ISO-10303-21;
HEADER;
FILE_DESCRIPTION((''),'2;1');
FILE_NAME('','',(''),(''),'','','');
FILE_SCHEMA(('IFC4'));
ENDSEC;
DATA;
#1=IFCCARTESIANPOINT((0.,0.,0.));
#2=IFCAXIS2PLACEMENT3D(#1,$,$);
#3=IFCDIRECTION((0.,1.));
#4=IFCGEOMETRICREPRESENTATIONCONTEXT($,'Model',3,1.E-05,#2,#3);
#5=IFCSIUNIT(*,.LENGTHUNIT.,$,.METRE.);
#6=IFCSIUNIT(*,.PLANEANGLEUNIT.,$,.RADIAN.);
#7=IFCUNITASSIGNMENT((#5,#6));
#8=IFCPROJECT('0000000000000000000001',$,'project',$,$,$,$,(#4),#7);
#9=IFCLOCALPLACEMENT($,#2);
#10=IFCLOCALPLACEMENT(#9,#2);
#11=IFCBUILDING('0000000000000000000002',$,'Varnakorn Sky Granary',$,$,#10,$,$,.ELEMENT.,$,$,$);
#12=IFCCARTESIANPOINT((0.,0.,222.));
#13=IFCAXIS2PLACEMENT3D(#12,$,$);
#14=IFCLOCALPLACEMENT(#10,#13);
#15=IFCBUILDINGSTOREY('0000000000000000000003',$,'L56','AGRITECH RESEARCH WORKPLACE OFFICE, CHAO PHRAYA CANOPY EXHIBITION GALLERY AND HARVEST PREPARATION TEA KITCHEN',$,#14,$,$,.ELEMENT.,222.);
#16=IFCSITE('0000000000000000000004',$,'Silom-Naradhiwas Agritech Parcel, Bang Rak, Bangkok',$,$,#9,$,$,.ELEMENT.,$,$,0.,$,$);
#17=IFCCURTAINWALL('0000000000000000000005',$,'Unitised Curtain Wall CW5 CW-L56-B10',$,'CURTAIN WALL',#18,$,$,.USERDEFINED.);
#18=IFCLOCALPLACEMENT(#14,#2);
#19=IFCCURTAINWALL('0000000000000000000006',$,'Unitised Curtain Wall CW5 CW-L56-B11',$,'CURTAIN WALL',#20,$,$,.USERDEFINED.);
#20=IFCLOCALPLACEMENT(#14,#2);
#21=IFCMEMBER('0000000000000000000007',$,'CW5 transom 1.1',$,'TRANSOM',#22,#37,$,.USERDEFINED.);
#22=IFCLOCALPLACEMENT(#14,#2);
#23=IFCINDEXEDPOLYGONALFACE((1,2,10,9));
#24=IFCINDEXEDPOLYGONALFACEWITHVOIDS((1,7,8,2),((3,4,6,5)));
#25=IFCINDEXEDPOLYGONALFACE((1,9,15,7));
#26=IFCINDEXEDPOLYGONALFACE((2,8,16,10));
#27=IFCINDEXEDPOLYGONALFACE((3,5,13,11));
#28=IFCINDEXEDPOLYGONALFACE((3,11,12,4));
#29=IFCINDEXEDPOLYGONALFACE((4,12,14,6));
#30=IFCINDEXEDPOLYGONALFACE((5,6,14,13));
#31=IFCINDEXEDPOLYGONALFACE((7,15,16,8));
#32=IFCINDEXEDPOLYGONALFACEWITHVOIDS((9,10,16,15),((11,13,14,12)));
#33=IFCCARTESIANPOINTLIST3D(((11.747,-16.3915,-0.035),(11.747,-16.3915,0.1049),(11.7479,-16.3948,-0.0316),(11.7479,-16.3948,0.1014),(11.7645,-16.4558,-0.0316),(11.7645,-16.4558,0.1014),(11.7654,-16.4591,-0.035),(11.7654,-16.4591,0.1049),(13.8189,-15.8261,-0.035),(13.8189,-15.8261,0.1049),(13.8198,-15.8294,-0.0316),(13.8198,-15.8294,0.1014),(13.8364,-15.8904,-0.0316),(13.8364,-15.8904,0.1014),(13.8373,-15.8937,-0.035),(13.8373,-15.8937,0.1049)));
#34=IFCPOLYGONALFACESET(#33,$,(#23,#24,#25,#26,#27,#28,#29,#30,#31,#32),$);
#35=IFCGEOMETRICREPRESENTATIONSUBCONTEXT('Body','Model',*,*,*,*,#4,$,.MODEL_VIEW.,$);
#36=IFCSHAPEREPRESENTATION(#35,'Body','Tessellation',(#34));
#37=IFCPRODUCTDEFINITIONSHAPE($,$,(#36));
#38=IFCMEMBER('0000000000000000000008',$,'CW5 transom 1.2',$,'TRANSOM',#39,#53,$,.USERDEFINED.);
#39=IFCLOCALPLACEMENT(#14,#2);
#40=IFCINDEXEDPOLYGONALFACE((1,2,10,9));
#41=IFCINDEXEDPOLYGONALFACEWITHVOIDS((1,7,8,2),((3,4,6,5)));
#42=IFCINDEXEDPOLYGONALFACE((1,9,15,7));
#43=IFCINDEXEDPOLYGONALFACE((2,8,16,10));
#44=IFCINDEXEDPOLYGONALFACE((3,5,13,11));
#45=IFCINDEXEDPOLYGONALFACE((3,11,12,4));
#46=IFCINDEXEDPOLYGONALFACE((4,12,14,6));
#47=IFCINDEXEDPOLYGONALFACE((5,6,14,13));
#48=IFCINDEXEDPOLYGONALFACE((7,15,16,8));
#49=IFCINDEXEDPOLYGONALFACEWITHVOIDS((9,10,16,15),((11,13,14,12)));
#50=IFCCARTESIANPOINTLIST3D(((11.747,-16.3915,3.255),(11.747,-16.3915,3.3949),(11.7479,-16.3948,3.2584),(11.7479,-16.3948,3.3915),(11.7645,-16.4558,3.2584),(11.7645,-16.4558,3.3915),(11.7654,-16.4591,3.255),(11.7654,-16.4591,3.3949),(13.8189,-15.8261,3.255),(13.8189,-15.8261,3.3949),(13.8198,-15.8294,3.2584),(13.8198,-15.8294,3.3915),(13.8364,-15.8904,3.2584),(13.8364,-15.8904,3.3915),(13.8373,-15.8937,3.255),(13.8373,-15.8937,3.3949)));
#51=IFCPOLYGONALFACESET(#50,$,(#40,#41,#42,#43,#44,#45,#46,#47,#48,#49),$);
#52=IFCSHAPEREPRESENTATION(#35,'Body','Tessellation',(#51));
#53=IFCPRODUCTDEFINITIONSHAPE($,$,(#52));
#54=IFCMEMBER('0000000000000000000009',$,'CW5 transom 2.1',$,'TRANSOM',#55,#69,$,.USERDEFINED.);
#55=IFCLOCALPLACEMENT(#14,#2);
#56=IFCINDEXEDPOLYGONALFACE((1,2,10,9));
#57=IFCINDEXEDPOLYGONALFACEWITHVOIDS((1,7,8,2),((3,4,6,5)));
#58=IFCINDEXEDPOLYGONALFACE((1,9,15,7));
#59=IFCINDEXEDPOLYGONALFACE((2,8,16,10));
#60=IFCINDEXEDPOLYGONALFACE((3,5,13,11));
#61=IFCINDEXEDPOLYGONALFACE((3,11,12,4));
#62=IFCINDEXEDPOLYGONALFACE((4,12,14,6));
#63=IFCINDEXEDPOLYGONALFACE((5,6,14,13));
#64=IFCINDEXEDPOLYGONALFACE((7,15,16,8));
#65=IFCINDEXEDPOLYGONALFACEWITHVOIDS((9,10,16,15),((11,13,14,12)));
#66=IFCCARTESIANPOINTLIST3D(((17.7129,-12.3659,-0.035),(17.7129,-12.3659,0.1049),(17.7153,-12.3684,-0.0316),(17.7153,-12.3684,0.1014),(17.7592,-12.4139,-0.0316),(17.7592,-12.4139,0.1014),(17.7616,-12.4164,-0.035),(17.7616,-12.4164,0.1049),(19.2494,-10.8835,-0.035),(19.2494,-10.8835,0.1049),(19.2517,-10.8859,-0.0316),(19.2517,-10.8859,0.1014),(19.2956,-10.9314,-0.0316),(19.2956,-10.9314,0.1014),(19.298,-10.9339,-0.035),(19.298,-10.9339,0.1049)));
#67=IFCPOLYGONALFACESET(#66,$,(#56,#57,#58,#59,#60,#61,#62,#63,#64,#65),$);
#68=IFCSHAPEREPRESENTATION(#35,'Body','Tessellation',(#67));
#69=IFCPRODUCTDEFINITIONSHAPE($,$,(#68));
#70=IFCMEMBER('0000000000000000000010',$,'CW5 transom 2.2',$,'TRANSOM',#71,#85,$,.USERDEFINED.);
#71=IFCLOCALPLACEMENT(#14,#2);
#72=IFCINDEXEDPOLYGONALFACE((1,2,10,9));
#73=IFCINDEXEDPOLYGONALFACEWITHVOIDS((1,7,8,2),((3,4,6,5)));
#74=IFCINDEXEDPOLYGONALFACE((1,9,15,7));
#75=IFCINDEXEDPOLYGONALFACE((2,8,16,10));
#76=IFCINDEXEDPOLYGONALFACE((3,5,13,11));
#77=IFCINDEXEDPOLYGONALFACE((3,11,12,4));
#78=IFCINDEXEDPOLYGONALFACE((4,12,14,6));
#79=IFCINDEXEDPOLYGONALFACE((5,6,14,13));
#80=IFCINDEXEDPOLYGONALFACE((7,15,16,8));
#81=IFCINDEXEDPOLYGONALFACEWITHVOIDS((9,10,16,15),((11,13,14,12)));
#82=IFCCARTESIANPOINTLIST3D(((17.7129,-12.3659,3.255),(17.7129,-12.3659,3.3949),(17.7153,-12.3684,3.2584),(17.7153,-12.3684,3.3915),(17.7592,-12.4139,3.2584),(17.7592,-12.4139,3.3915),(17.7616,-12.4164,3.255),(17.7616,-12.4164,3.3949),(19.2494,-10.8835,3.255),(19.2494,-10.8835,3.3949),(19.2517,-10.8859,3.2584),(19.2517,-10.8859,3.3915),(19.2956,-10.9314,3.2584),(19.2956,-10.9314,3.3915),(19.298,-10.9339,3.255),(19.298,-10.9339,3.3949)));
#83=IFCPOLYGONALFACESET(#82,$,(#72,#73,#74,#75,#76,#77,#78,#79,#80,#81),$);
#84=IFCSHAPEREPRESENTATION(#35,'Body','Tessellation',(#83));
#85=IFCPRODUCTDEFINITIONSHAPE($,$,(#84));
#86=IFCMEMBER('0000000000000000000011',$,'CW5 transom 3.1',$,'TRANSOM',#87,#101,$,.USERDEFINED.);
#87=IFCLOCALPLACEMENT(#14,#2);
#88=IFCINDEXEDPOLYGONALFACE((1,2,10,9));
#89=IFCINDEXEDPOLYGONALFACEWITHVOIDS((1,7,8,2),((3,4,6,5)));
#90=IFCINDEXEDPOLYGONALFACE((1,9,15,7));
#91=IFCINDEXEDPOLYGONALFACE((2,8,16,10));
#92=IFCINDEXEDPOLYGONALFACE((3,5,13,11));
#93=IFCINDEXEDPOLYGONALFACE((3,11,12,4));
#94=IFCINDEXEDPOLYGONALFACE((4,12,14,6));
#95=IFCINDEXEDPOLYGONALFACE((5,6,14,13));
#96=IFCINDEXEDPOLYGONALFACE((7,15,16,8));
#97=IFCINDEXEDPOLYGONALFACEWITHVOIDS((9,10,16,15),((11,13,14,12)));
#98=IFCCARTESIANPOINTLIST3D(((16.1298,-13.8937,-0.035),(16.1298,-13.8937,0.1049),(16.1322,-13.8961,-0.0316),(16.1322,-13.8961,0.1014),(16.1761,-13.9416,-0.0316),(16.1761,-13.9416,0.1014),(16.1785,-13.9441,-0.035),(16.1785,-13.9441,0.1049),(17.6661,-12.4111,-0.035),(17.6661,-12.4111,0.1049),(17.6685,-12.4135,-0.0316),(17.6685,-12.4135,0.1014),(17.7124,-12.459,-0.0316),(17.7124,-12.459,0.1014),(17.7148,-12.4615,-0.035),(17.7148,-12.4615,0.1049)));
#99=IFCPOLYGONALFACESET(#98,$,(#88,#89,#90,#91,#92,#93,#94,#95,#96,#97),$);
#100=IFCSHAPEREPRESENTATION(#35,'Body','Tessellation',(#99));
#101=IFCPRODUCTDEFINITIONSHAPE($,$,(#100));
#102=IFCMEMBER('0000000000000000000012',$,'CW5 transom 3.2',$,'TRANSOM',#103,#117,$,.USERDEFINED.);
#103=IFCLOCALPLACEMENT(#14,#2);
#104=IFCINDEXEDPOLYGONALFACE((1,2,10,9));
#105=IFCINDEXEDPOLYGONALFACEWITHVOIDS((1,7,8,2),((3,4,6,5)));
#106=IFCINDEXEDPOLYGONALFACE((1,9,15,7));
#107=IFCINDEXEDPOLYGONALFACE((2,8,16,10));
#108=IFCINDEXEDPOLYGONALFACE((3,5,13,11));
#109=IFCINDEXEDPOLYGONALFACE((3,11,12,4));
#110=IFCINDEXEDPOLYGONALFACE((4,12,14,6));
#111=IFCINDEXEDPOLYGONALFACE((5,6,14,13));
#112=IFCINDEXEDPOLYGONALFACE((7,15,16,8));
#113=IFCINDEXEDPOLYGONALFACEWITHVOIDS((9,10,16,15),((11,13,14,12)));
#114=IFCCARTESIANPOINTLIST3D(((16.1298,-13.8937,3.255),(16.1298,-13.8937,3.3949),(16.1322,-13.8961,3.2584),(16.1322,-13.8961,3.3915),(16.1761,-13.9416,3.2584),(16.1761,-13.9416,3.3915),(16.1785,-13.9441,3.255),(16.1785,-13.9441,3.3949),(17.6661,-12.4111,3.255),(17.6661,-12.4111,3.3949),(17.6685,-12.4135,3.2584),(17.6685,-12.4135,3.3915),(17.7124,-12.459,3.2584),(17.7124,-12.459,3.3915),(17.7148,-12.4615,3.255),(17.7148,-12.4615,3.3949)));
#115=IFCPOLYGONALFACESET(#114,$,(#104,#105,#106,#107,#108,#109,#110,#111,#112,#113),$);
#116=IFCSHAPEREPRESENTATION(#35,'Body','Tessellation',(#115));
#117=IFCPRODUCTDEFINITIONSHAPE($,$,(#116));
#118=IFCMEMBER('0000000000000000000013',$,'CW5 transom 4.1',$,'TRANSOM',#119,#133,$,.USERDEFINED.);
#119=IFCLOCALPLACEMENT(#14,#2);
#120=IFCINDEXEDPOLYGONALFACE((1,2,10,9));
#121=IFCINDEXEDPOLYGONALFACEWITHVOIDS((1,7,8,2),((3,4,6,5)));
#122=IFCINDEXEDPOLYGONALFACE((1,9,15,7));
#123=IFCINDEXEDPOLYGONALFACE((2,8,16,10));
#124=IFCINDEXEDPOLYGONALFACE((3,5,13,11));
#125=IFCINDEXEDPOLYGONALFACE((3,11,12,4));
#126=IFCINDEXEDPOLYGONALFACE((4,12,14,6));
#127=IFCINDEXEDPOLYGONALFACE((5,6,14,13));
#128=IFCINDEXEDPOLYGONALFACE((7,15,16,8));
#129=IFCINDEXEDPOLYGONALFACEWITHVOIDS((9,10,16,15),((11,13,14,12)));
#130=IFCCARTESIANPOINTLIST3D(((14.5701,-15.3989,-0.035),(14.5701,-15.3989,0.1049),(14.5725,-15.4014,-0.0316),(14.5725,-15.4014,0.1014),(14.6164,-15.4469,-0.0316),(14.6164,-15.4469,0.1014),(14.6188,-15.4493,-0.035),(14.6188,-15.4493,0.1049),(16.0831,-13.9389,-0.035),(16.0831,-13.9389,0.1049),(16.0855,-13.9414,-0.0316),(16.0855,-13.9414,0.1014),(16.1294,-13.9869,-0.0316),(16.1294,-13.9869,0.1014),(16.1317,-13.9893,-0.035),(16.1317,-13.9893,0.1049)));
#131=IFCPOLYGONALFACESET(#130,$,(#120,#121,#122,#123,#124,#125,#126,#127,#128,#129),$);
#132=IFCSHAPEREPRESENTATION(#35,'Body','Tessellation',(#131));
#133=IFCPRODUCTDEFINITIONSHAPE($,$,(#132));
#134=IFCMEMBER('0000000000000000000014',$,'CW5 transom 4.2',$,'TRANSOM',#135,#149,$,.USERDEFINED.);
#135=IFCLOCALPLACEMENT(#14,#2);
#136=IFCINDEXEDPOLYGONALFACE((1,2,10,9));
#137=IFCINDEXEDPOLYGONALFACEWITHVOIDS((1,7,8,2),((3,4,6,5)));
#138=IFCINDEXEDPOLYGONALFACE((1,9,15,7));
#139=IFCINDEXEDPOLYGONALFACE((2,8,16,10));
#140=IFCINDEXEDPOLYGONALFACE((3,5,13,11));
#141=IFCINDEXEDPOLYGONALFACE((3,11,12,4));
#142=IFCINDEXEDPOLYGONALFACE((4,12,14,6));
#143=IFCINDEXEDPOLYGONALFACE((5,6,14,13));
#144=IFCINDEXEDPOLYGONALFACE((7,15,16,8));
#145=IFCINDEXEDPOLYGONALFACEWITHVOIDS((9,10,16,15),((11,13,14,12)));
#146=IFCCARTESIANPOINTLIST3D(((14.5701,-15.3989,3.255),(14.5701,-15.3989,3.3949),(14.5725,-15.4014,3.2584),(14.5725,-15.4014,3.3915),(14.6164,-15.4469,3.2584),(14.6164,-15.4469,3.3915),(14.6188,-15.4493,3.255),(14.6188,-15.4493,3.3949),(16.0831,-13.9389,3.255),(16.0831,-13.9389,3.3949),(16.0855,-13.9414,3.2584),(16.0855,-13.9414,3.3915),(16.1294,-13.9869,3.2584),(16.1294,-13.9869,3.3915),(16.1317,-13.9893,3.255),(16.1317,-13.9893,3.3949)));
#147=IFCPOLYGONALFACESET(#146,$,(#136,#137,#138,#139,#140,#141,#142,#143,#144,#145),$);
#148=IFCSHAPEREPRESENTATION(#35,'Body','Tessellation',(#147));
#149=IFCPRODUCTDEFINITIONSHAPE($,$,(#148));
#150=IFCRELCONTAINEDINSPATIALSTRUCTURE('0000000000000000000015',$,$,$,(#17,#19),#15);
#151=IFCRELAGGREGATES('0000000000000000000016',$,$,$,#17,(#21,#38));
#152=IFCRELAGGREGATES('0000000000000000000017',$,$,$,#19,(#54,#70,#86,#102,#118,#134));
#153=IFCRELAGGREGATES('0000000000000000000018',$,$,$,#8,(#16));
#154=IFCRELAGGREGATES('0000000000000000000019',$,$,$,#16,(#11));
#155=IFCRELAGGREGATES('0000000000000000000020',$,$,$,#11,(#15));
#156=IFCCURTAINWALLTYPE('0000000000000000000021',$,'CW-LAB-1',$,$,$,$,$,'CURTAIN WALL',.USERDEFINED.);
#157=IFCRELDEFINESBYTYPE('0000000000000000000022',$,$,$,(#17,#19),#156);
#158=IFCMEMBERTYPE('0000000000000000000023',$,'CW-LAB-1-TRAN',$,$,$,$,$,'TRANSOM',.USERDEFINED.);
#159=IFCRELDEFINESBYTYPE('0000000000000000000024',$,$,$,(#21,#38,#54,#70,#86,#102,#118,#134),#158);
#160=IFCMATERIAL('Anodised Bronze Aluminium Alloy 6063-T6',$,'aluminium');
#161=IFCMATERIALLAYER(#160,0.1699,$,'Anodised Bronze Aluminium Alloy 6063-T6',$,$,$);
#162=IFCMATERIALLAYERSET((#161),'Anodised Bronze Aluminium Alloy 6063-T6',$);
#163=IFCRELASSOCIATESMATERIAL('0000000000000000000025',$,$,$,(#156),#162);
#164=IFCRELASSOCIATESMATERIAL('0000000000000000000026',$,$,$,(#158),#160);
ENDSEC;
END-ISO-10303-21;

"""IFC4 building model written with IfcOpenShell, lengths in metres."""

from ifc_helpers import new_model, si_unit, direction, frame, origin, origin_2d, place, context, subcontext, project, spatial, hollow_rectangle, extrude, material, layer, layer_set, material_profile, profile_set, type_object, element, aggregate, save


model = new_model("IFC4")

# Units and contexts
model_context = context("Model", 3, precision=1e-05, world=origin(), true_north=direction((0.0, 1.0)))
body_context = subcontext(model_context, "Body", "Model", "MODEL_VIEW")
ifc_project = project(units=[si_unit("LENGTHUNIT", "METRE"), si_unit("PLANEANGLEUNIT", "RADIAN")], contexts=[model_context])

# Site, building, storey
site_placement = place(None, origin())
site = spatial("IfcSite", under=ifc_project, at=site_placement, Name="Silom-Naradhiwas Agritech Parcel, Bang Rak, Bangkok", CompositionType="ELEMENT", RefElevation=0.0)
building_placement = place(site_placement, origin())
building = spatial("IfcBuilding", under=site, at=building_placement, Name="Varnakorn Sky Granary", CompositionType="ELEMENT")
storey_placement = place(building_placement, frame((0.0, 0.0, 222.0)))
storey = spatial("IfcBuildingStorey", under=building, at=storey_placement, Name="L56", Description="AGRITECH RESEARCH WORKPLACE OFFICE, CHAO PHRAYA CANOPY EXHIBITION GALLERY AND HARVEST PREPARATION TEA KITCHEN", CompositionType="ELEMENT", Elevation=222.0)

# Curtain wall
ifc_material_1 = material(Name="Anodised Bronze Aluminium Alloy 6063-T6", Category="aluminium")
ifc_layer_1 = layer(ifc_material_1, 0.1699, Name="Anodised Bronze Aluminium Alloy 6063-T6")
ifc_layer_set_1 = layer_set([ifc_layer_1], Name="Anodised Bronze Aluminium Alloy 6063-T6")
curtain_wall_type = type_object("IfcCurtainWallType", Name="CW-LAB-1", ElementType="CURTAIN WALL", PredefinedType="USERDEFINED", material=ifc_layer_set_1)
curtain_wall_1_placement = place(storey_placement, origin())
curtain_wall_1 = element("IfcCurtainWall", 1, at=curtain_wall_1_placement, inside=storey, type_object=curtain_wall_type, Name="Unitised Curtain Wall CW5 CW-L56-B10", ObjectType="CURTAIN WALL", PredefinedType="USERDEFINED")

# Curtain wall
curtain_wall_2_placement = place(storey_placement, origin())
curtain_wall_2 = element("IfcCurtainWall", 2, at=curtain_wall_2_placement, inside=storey, type_object=curtain_wall_type, Name="Unitised Curtain Wall CW5 CW-L56-B11", ObjectType="CURTAIN WALL", PredefinedType="USERDEFINED")

# Members
ifc_material_profile_1 = material_profile(ifc_material_1, hollow_rectangle(XDim=0.0701, YDim=0.1399, WallThickness=0.0034, at=origin_2d()), Name="ALU TRAN 70x140")
ifc_profile_set_1 = profile_set([ifc_material_profile_1], Name="Anodised Bronze Aluminium Alloy 6063-T6")
member_type_1 = type_object("IfcMemberType", Name="CW-LAB-1-TRAN", ElementType="TRANSOM", PredefinedType="USERDEFINED", material=ifc_profile_set_1)
member_1_placement = place(storey_placement, frame((13.8281, -15.8599, 0.0349), z_axis=(-0.964724, -0.263262, 0.0), x_axis=(0.263262, -0.964724, 0.0)))
member_1 = element("IfcMember", 3, at=member_1_placement, type_object=member_type_1, Name="CW5 transom 1.1", ObjectType="TRANSOM", PredefinedType="USERDEFINED", context=body_context, shape_type="SweptSolid", body=[
    extrude(hollow_rectangle(XDim=0.0701, YDim=0.1399, WallThickness=0.0034, at=origin_2d()), origin(), (0.0, 0.0, 1.0), 2.1477),
])
member_2_placement = place(storey_placement, frame((13.8281, -15.8599, 3.325), z_axis=(-0.964724, -0.263262, 0.0), x_axis=(0.263262, -0.964724, 0.0)))
member_2 = element("IfcMember", 4, at=member_2_placement, type_object=member_type_1, Name="CW5 transom 1.2", ObjectType="TRANSOM", PredefinedType="USERDEFINED", context=body_context, shape_type="SweptSolid", body=[
    extrude(hollow_rectangle(XDim=0.0701, YDim=0.1399, WallThickness=0.0034, at=origin_2d()), origin(), (0.0, 0.0, 1.0), 2.1477),
])
aggregate(curtain_wall_1, [member_1, member_2])
member_3_placement = place(storey_placement, frame((19.2737, -10.9087, 0.0349), z_axis=(-0.71963, -0.694358, 0.0), x_axis=(0.694358, -0.71963, 0.0)))
member_3 = element("IfcMember", 5, at=member_3_placement, type_object=member_type_1, Name="CW5 transom 2.1", ObjectType="TRANSOM", PredefinedType="USERDEFINED", context=body_context, shape_type="SweptSolid", body=[
    extrude(hollow_rectangle(XDim=0.0701, YDim=0.1399, WallThickness=0.0034, at=origin_2d()), origin(), (0.0, 0.0, 1.0), 2.135),
])
member_4_placement = place(storey_placement, frame((19.2737, -10.9087, 3.325), z_axis=(-0.71963, -0.694358, 0.0), x_axis=(0.694358, -0.71963, 0.0)))
member_4 = element("IfcMember", 6, at=member_4_placement, type_object=member_type_1, Name="CW5 transom 2.2", ObjectType="TRANSOM", PredefinedType="USERDEFINED", context=body_context, shape_type="SweptSolid", body=[
    extrude(hollow_rectangle(XDim=0.0701, YDim=0.1399, WallThickness=0.0034, at=origin_2d()), origin(), (0.0, 0.0, 1.0), 2.135),
])
member_5_placement = place(storey_placement, frame((17.6904, -12.4363, 0.0349), z_axis=(-0.719573, -0.694417, 0.0), x_axis=(0.694417, -0.719573, 0.0)))
member_5 = element("IfcMember", 7, at=member_5_placement, type_object=member_type_1, Name="CW5 transom 3.1", ObjectType="TRANSOM", PredefinedType="USERDEFINED", context=body_context, shape_type="SweptSolid", body=[
    extrude(hollow_rectangle(XDim=0.0701, YDim=0.1399, WallThickness=0.0034, at=origin_2d()), origin(), (0.0, 0.0, 1.0), 2.135),
])
member_6_placement = place(storey_placement, frame((17.6904, -12.4363, 3.325), z_axis=(-0.719573, -0.694417, 0.0), x_axis=(0.694417, -0.719573, 0.0)))
member_6 = element("IfcMember", 8, at=member_6_placement, type_object=member_type_1, Name="CW5 transom 3.2", ObjectType="TRANSOM", PredefinedType="USERDEFINED", context=body_context, shape_type="SweptSolid", body=[
    extrude(hollow_rectangle(XDim=0.0701, YDim=0.1399, WallThickness=0.0034, at=origin_2d()), origin(), (0.0, 0.0, 1.0), 2.135),
])
member_7_placement = place(storey_placement, frame((16.1074, -13.9641, 0.0349), z_axis=(-0.719594, -0.694396, 0.0), x_axis=(0.694396, -0.719594, 0.0)))
member_7 = element("IfcMember", 9, at=member_7_placement, type_object=member_type_1, Name="CW5 transom 4.1", ObjectType="TRANSOM", PredefinedType="USERDEFINED", context=body_context, shape_type="SweptSolid", body=[
    extrude(hollow_rectangle(XDim=0.0701, YDim=0.1399, WallThickness=0.0034, at=origin_2d()), origin(), (0.0, 0.0, 1.0), 2.1025),
])
member_8_placement = place(storey_placement, frame((16.1074, -13.9641, 3.325), z_axis=(-0.719594, -0.694396, 0.0), x_axis=(0.694396, -0.719594, 0.0)))
member_8 = element("IfcMember", 10, at=member_8_placement, type_object=member_type_1, Name="CW5 transom 4.2", ObjectType="TRANSOM", PredefinedType="USERDEFINED", context=body_context, shape_type="SweptSolid", body=[
    extrude(hollow_rectangle(XDim=0.0701, YDim=0.1399, WallThickness=0.0034, at=origin_2d()), origin(), (0.0, 0.0, 1.0), 2.1025),
])

aggregate(curtain_wall_2, [member_3, member_4, member_5, member_6, member_7, member_8])

save(model, "model.ifc")
